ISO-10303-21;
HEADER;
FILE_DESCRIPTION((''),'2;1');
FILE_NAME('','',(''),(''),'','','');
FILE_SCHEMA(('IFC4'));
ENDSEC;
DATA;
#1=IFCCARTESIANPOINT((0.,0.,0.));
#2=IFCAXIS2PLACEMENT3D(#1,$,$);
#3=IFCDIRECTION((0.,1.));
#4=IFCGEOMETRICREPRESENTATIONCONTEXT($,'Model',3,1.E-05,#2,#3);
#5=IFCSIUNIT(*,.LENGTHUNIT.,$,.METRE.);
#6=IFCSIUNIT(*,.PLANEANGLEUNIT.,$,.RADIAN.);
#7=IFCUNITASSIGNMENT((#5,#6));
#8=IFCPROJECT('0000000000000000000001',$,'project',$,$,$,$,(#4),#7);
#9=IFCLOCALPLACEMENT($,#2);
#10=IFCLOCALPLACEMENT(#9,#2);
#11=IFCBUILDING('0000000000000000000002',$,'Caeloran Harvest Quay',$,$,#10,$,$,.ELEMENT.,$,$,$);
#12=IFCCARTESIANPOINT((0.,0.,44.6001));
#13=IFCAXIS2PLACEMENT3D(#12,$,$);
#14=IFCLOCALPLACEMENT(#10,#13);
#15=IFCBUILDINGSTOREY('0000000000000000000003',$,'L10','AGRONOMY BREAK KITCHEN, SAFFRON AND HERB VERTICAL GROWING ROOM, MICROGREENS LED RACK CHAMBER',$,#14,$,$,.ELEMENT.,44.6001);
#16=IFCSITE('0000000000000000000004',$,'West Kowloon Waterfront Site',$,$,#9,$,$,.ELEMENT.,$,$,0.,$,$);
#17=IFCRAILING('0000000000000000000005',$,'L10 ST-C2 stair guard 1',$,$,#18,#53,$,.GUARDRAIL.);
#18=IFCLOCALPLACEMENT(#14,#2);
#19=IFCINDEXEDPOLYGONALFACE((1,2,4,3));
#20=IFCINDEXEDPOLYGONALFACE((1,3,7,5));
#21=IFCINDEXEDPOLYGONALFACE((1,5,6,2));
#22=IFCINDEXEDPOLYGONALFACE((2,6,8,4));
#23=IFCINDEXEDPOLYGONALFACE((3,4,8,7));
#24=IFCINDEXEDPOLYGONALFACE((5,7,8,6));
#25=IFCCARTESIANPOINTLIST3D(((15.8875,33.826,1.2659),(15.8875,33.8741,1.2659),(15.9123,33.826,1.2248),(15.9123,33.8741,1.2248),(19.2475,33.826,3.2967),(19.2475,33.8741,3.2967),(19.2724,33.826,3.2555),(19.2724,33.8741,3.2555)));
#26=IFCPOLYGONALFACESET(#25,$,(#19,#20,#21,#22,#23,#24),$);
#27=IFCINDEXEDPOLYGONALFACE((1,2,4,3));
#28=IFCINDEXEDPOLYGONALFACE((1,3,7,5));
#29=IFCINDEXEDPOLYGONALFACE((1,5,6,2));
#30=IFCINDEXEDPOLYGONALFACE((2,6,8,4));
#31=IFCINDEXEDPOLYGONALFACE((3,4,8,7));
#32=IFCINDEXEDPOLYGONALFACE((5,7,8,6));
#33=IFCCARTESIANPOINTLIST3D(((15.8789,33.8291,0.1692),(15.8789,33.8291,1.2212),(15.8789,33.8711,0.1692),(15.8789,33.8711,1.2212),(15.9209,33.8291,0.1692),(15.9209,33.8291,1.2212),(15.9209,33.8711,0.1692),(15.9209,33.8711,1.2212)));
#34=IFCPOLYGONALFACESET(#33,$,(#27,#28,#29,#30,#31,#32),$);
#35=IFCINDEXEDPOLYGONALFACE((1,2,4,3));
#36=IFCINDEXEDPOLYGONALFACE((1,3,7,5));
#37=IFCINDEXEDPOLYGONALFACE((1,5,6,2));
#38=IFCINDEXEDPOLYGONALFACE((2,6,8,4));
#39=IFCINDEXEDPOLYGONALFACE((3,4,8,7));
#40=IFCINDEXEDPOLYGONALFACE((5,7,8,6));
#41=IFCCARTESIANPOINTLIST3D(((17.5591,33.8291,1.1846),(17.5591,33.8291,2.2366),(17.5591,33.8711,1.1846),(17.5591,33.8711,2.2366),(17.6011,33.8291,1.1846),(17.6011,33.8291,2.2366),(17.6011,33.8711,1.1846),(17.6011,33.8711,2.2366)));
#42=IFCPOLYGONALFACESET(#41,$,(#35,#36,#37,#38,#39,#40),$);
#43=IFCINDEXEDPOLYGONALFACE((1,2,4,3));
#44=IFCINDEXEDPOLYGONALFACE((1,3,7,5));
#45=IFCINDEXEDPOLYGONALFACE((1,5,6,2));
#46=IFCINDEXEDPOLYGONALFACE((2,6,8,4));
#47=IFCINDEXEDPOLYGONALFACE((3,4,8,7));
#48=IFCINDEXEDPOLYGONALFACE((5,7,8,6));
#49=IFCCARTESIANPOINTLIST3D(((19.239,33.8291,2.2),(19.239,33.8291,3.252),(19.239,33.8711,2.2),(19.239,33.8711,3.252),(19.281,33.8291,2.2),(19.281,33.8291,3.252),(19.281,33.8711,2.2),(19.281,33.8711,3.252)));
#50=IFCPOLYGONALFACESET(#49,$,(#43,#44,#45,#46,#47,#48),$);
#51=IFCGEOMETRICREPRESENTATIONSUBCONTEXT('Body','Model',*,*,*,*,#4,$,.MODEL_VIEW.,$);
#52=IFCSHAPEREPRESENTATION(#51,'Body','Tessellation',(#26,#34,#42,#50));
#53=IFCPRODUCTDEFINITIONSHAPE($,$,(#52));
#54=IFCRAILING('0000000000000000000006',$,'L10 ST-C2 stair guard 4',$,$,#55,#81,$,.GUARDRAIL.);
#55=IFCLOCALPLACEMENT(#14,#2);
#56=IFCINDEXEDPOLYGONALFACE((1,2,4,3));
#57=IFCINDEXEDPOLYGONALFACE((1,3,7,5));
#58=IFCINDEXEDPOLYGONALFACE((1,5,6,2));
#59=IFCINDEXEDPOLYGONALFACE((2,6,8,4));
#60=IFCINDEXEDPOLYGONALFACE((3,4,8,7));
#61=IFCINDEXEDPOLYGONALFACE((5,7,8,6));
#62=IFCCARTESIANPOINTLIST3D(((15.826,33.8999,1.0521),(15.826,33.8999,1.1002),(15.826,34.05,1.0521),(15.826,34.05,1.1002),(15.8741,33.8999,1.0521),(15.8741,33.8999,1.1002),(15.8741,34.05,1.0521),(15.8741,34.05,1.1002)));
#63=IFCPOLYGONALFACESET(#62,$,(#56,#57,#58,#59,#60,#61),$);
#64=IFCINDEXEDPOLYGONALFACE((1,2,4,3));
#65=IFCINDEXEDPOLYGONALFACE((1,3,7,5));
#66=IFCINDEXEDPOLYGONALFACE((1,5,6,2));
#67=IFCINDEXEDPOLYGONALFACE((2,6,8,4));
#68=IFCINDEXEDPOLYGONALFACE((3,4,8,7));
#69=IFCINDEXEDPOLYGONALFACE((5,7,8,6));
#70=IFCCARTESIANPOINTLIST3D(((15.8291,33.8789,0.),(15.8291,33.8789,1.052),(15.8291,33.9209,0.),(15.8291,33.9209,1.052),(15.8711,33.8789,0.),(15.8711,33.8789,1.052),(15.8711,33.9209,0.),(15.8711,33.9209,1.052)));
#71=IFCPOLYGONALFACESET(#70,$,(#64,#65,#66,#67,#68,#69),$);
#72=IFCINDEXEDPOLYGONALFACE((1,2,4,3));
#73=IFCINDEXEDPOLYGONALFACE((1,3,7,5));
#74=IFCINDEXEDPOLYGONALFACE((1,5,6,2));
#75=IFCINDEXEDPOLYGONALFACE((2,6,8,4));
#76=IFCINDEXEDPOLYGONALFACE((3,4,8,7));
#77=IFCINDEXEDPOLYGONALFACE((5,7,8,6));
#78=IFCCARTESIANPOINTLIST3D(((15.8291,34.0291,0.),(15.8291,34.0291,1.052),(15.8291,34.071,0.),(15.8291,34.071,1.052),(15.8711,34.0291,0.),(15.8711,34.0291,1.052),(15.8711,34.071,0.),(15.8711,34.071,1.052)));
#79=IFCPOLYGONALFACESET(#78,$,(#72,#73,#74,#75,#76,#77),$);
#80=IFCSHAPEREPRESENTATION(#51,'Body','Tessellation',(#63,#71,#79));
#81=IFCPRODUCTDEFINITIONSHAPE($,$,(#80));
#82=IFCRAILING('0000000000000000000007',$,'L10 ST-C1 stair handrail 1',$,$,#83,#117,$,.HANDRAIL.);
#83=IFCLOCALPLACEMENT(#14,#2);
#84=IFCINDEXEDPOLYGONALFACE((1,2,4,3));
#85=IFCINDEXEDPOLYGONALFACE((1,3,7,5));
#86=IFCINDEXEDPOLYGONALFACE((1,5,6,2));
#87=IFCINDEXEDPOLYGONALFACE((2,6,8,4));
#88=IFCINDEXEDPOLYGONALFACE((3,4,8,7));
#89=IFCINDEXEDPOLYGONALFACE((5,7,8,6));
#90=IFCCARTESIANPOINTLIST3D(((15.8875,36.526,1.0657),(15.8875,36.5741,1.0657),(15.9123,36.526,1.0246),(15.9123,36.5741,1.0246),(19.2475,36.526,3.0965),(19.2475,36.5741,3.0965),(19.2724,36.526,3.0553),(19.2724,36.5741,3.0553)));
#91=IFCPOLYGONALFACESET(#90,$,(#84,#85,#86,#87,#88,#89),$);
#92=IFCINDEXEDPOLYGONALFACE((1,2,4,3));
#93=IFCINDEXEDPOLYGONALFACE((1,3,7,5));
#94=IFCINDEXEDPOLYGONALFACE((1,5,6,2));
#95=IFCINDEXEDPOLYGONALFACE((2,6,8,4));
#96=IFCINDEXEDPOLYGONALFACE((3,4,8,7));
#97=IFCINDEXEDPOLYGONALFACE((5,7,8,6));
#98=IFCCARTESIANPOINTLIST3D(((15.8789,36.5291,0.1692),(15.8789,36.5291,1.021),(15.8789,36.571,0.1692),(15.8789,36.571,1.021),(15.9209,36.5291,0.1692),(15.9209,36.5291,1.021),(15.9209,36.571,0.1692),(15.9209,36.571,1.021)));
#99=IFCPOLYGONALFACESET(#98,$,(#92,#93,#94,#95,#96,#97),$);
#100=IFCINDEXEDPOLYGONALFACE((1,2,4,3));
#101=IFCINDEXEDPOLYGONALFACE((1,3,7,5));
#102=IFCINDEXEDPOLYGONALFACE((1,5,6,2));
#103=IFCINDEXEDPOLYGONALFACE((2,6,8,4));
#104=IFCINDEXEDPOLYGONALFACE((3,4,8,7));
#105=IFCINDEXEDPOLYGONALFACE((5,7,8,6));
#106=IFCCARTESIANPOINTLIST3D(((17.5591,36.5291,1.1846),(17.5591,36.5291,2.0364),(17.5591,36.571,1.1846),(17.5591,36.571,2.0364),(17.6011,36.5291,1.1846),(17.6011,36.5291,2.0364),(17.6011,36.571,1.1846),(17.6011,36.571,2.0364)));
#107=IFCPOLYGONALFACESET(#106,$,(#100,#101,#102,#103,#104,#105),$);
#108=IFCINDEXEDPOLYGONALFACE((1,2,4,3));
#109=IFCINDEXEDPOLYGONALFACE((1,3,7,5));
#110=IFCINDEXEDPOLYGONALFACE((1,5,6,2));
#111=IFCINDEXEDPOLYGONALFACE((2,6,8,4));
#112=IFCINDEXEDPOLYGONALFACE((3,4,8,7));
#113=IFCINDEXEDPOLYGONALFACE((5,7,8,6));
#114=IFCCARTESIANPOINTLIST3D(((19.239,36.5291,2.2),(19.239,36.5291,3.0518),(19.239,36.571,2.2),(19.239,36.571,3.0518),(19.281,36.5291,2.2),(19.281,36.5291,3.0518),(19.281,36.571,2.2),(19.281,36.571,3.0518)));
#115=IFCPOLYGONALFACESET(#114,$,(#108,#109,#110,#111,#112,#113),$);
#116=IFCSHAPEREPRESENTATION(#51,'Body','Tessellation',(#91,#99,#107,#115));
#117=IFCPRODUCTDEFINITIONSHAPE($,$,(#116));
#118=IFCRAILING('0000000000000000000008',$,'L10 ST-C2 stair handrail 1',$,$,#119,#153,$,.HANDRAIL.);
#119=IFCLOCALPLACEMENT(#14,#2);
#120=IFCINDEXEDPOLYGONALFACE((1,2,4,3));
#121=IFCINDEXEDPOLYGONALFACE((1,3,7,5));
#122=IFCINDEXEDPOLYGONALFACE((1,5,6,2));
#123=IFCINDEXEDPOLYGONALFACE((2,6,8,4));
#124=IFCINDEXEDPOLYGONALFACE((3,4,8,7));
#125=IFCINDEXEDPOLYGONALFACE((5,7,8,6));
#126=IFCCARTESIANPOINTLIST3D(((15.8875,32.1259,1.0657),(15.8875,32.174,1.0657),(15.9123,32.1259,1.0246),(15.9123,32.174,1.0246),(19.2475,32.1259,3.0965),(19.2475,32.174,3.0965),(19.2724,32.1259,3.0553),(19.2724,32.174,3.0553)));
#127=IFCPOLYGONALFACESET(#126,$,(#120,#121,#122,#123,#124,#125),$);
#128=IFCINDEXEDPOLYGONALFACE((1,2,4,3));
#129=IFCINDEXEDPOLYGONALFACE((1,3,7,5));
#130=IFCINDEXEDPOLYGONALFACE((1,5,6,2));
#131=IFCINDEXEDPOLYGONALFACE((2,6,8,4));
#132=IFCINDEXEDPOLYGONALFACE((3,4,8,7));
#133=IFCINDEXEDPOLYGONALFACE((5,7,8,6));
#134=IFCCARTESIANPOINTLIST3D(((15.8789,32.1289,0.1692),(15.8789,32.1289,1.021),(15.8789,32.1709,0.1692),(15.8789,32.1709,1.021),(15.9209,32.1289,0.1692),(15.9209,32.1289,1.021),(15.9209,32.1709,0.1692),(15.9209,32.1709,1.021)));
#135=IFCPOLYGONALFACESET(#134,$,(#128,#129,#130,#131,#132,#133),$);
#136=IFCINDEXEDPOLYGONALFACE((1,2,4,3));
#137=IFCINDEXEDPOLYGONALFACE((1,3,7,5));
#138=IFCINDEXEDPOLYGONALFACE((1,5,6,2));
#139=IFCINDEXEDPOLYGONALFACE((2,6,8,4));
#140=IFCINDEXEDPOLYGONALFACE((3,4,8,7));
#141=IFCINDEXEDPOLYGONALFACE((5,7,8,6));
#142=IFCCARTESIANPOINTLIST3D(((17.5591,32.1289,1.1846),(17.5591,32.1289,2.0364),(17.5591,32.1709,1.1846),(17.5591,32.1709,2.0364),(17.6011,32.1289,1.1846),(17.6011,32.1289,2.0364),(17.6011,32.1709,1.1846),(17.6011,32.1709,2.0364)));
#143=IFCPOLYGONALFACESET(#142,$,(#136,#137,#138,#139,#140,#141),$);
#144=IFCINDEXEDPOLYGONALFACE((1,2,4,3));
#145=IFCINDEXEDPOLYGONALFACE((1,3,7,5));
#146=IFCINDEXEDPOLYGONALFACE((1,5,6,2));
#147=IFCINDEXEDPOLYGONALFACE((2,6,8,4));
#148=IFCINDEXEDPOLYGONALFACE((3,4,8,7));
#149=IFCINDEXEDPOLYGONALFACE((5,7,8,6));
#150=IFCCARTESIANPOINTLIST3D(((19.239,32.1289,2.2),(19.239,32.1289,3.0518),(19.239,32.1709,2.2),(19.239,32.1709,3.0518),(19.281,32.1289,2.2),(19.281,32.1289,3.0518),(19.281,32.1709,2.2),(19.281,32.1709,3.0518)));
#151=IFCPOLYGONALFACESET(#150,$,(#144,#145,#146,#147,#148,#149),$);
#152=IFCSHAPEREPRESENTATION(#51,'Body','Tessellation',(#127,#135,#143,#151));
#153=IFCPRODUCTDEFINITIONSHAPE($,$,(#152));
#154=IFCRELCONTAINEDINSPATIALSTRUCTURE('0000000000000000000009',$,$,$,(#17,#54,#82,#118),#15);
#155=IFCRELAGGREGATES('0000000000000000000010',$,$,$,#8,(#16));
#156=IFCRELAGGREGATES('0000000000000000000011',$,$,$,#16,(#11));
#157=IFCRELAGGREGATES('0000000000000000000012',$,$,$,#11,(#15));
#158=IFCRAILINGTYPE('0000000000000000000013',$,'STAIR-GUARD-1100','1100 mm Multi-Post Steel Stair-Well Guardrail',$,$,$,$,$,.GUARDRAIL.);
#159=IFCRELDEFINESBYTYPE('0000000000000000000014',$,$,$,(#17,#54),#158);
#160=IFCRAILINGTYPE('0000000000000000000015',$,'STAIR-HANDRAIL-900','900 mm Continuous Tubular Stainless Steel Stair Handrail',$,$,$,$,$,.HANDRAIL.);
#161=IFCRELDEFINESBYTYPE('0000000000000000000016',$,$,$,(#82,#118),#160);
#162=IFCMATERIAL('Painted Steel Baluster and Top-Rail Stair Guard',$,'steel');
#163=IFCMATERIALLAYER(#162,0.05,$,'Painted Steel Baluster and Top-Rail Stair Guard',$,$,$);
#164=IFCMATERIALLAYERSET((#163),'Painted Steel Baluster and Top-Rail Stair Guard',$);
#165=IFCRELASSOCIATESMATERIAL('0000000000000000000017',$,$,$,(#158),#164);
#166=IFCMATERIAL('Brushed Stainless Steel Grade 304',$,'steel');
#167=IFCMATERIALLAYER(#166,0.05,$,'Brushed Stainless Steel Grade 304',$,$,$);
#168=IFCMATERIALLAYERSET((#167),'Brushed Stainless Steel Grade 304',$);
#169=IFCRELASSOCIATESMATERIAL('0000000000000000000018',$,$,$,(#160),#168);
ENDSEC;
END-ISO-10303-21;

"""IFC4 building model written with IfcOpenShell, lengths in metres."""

from ifc_helpers import new_model, si_unit, direction, frame, origin, origin_2d, place, context, subcontext, project, spatial, rectangle, extrude, material, layer, layer_set, type_object, element, save


model = new_model("IFC4")

# Units and contexts
model_context = context("Model", 3, precision=1e-05, world=origin(), true_north=direction((0.0, 1.0)))
body_context = subcontext(model_context, "Body", "Model", "MODEL_VIEW")
ifc_project = project(units=[si_unit("LENGTHUNIT", "METRE"), si_unit("PLANEANGLEUNIT", "RADIAN")], contexts=[model_context])

# Site, building, storey
site_placement = place(None, origin())
site = spatial("IfcSite", under=ifc_project, at=site_placement, Name="West Kowloon Waterfront Site", CompositionType="ELEMENT", RefElevation=0.0)
building_placement = place(site_placement, origin())
building = spatial("IfcBuilding", under=site, at=building_placement, Name="Caeloran Harvest Quay", CompositionType="ELEMENT")
storey_placement = place(building_placement, frame((0.0, 0.0, 44.6001)))
storey = spatial("IfcBuildingStorey", under=building, at=storey_placement, Name="L10", Description="AGRONOMY BREAK KITCHEN, SAFFRON AND HERB VERTICAL GROWING ROOM, MICROGREENS LED RACK CHAMBER", CompositionType="ELEMENT", Elevation=44.6001)

# Railings
ifc_material_1 = material(Name="Painted Steel Baluster and Top-Rail Stair Guard", Category="steel")
ifc_layer_1 = layer(ifc_material_1, 0.05, Name="Painted Steel Baluster and Top-Rail Stair Guard")
ifc_layer_set_1 = layer_set([ifc_layer_1], Name="Painted Steel Baluster and Top-Rail Stair Guard")
railing_type_1 = type_object("IfcRailingType", Name="STAIR-GUARD-1100", Description="1100 mm Multi-Post Steel Stair-Well Guardrail", PredefinedType="GUARDRAIL", material=ifc_layer_set_1)
railing_1_placement = place(storey_placement, frame((15.8999, 33.8501, 0.1692)))
element("IfcRailing", 1, at=railing_1_placement, inside=storey, type_object=railing_type_1, Name="L10 ST-C2 stair guard 1", PredefinedType="GUARDRAIL", context=body_context, shape_type="SweptSolid", body=[
    extrude(rectangle(XDim=0.0481, YDim=0.0481, at=origin_2d()), frame((0.0, 0.0, 1.0762), z_axis=(0.855837, 0.0, 0.517246), x_axis=(0.0, 1.0, 0.0)), (0.0, 0.0, 1.0), 3.926),
    extrude(rectangle(XDim=0.042, YDim=0.042, at=origin_2d()), origin(), (0.0, 0.0, 1.0), 1.052),
    extrude(rectangle(XDim=0.042, YDim=0.042, at=origin_2d()), frame((1.6802, 0.0, 1.0154)), (0.0, 0.0, 1.0), 1.052),
    extrude(rectangle(XDim=0.042, YDim=0.042, at=origin_2d()), frame((3.3601, 0.0, 2.0308)), (0.0, 0.0, 1.0), 1.052),
])
railing_2_placement = place(storey_placement, frame((15.8501, 33.8999, 0.0)))
element("IfcRailing", 2, at=railing_2_placement, inside=storey, type_object=railing_type_1, Name="L10 ST-C2 stair guard 4", PredefinedType="GUARDRAIL", context=body_context, shape_type="SweptSolid", body=[
    extrude(rectangle(XDim=0.0481, YDim=0.0481, at=origin_2d()), frame((0.0, 0.0, 1.0762), z_axis=(0.0, 1.0, 0.0), x_axis=(-1.0, 0.0, 0.0)), (0.0, 0.0, 1.0), 0.1501),
    extrude(rectangle(XDim=0.042, YDim=0.042, at=origin_2d()), origin(), (0.0, 0.0, 1.0), 1.052),
    extrude(rectangle(XDim=0.042, YDim=0.042, at=origin_2d()), frame((0.0, 0.1501, 0.0)), (0.0, 0.0, 1.0), 1.052),
])
ifc_material_2 = material(Name="Brushed Stainless Steel Grade 304", Category="steel")
ifc_layer_2 = layer(ifc_material_2, 0.05, Name="Brushed Stainless Steel Grade 304")
ifc_layer_set_2 = layer_set([ifc_layer_2], Name="Brushed Stainless Steel Grade 304")
railing_type_2 = type_object("IfcRailingType", Name="STAIR-HANDRAIL-900", Description="900 mm Continuous Tubular Stainless Steel Stair Handrail", PredefinedType="HANDRAIL", material=ifc_layer_set_2)
for number, where, name in (
    (3, (15.8999, 36.55, 0.1692), "L10 ST-C1 stair handrail 1"),
    (4, (15.8999, 32.1499, 0.1692), "L10 ST-C2 stair handrail 1"),
):
    element("IfcRailing", number, at=place(storey_placement, frame(where)), inside=storey, type_object=railing_type_2, Name=name, PredefinedType="HANDRAIL", context=body_context, shape_type="SweptSolid", body=[
        extrude(rectangle(XDim=0.0481, YDim=0.0481, at=origin_2d()), frame((0.0, 0.0, 0.876), z_axis=(0.855837, 0.0, 0.517246), x_axis=(0.0, 1.0, 0.0)), (0.0, 0.0, 1.0), 3.926),
        extrude(rectangle(XDim=0.042, YDim=0.042, at=origin_2d()), origin(), (0.0, 0.0, 1.0), 0.8518),
        extrude(rectangle(XDim=0.042, YDim=0.042, at=origin_2d()), frame((1.6802, 0.0, 1.0154)), (0.0, 0.0, 1.0), 0.8518),
        extrude(rectangle(XDim=0.042, YDim=0.042, at=origin_2d()), frame((3.3601, 0.0, 2.0308)), (0.0, 0.0, 1.0), 0.8518),
    ])

save(model, "model.ifc")
